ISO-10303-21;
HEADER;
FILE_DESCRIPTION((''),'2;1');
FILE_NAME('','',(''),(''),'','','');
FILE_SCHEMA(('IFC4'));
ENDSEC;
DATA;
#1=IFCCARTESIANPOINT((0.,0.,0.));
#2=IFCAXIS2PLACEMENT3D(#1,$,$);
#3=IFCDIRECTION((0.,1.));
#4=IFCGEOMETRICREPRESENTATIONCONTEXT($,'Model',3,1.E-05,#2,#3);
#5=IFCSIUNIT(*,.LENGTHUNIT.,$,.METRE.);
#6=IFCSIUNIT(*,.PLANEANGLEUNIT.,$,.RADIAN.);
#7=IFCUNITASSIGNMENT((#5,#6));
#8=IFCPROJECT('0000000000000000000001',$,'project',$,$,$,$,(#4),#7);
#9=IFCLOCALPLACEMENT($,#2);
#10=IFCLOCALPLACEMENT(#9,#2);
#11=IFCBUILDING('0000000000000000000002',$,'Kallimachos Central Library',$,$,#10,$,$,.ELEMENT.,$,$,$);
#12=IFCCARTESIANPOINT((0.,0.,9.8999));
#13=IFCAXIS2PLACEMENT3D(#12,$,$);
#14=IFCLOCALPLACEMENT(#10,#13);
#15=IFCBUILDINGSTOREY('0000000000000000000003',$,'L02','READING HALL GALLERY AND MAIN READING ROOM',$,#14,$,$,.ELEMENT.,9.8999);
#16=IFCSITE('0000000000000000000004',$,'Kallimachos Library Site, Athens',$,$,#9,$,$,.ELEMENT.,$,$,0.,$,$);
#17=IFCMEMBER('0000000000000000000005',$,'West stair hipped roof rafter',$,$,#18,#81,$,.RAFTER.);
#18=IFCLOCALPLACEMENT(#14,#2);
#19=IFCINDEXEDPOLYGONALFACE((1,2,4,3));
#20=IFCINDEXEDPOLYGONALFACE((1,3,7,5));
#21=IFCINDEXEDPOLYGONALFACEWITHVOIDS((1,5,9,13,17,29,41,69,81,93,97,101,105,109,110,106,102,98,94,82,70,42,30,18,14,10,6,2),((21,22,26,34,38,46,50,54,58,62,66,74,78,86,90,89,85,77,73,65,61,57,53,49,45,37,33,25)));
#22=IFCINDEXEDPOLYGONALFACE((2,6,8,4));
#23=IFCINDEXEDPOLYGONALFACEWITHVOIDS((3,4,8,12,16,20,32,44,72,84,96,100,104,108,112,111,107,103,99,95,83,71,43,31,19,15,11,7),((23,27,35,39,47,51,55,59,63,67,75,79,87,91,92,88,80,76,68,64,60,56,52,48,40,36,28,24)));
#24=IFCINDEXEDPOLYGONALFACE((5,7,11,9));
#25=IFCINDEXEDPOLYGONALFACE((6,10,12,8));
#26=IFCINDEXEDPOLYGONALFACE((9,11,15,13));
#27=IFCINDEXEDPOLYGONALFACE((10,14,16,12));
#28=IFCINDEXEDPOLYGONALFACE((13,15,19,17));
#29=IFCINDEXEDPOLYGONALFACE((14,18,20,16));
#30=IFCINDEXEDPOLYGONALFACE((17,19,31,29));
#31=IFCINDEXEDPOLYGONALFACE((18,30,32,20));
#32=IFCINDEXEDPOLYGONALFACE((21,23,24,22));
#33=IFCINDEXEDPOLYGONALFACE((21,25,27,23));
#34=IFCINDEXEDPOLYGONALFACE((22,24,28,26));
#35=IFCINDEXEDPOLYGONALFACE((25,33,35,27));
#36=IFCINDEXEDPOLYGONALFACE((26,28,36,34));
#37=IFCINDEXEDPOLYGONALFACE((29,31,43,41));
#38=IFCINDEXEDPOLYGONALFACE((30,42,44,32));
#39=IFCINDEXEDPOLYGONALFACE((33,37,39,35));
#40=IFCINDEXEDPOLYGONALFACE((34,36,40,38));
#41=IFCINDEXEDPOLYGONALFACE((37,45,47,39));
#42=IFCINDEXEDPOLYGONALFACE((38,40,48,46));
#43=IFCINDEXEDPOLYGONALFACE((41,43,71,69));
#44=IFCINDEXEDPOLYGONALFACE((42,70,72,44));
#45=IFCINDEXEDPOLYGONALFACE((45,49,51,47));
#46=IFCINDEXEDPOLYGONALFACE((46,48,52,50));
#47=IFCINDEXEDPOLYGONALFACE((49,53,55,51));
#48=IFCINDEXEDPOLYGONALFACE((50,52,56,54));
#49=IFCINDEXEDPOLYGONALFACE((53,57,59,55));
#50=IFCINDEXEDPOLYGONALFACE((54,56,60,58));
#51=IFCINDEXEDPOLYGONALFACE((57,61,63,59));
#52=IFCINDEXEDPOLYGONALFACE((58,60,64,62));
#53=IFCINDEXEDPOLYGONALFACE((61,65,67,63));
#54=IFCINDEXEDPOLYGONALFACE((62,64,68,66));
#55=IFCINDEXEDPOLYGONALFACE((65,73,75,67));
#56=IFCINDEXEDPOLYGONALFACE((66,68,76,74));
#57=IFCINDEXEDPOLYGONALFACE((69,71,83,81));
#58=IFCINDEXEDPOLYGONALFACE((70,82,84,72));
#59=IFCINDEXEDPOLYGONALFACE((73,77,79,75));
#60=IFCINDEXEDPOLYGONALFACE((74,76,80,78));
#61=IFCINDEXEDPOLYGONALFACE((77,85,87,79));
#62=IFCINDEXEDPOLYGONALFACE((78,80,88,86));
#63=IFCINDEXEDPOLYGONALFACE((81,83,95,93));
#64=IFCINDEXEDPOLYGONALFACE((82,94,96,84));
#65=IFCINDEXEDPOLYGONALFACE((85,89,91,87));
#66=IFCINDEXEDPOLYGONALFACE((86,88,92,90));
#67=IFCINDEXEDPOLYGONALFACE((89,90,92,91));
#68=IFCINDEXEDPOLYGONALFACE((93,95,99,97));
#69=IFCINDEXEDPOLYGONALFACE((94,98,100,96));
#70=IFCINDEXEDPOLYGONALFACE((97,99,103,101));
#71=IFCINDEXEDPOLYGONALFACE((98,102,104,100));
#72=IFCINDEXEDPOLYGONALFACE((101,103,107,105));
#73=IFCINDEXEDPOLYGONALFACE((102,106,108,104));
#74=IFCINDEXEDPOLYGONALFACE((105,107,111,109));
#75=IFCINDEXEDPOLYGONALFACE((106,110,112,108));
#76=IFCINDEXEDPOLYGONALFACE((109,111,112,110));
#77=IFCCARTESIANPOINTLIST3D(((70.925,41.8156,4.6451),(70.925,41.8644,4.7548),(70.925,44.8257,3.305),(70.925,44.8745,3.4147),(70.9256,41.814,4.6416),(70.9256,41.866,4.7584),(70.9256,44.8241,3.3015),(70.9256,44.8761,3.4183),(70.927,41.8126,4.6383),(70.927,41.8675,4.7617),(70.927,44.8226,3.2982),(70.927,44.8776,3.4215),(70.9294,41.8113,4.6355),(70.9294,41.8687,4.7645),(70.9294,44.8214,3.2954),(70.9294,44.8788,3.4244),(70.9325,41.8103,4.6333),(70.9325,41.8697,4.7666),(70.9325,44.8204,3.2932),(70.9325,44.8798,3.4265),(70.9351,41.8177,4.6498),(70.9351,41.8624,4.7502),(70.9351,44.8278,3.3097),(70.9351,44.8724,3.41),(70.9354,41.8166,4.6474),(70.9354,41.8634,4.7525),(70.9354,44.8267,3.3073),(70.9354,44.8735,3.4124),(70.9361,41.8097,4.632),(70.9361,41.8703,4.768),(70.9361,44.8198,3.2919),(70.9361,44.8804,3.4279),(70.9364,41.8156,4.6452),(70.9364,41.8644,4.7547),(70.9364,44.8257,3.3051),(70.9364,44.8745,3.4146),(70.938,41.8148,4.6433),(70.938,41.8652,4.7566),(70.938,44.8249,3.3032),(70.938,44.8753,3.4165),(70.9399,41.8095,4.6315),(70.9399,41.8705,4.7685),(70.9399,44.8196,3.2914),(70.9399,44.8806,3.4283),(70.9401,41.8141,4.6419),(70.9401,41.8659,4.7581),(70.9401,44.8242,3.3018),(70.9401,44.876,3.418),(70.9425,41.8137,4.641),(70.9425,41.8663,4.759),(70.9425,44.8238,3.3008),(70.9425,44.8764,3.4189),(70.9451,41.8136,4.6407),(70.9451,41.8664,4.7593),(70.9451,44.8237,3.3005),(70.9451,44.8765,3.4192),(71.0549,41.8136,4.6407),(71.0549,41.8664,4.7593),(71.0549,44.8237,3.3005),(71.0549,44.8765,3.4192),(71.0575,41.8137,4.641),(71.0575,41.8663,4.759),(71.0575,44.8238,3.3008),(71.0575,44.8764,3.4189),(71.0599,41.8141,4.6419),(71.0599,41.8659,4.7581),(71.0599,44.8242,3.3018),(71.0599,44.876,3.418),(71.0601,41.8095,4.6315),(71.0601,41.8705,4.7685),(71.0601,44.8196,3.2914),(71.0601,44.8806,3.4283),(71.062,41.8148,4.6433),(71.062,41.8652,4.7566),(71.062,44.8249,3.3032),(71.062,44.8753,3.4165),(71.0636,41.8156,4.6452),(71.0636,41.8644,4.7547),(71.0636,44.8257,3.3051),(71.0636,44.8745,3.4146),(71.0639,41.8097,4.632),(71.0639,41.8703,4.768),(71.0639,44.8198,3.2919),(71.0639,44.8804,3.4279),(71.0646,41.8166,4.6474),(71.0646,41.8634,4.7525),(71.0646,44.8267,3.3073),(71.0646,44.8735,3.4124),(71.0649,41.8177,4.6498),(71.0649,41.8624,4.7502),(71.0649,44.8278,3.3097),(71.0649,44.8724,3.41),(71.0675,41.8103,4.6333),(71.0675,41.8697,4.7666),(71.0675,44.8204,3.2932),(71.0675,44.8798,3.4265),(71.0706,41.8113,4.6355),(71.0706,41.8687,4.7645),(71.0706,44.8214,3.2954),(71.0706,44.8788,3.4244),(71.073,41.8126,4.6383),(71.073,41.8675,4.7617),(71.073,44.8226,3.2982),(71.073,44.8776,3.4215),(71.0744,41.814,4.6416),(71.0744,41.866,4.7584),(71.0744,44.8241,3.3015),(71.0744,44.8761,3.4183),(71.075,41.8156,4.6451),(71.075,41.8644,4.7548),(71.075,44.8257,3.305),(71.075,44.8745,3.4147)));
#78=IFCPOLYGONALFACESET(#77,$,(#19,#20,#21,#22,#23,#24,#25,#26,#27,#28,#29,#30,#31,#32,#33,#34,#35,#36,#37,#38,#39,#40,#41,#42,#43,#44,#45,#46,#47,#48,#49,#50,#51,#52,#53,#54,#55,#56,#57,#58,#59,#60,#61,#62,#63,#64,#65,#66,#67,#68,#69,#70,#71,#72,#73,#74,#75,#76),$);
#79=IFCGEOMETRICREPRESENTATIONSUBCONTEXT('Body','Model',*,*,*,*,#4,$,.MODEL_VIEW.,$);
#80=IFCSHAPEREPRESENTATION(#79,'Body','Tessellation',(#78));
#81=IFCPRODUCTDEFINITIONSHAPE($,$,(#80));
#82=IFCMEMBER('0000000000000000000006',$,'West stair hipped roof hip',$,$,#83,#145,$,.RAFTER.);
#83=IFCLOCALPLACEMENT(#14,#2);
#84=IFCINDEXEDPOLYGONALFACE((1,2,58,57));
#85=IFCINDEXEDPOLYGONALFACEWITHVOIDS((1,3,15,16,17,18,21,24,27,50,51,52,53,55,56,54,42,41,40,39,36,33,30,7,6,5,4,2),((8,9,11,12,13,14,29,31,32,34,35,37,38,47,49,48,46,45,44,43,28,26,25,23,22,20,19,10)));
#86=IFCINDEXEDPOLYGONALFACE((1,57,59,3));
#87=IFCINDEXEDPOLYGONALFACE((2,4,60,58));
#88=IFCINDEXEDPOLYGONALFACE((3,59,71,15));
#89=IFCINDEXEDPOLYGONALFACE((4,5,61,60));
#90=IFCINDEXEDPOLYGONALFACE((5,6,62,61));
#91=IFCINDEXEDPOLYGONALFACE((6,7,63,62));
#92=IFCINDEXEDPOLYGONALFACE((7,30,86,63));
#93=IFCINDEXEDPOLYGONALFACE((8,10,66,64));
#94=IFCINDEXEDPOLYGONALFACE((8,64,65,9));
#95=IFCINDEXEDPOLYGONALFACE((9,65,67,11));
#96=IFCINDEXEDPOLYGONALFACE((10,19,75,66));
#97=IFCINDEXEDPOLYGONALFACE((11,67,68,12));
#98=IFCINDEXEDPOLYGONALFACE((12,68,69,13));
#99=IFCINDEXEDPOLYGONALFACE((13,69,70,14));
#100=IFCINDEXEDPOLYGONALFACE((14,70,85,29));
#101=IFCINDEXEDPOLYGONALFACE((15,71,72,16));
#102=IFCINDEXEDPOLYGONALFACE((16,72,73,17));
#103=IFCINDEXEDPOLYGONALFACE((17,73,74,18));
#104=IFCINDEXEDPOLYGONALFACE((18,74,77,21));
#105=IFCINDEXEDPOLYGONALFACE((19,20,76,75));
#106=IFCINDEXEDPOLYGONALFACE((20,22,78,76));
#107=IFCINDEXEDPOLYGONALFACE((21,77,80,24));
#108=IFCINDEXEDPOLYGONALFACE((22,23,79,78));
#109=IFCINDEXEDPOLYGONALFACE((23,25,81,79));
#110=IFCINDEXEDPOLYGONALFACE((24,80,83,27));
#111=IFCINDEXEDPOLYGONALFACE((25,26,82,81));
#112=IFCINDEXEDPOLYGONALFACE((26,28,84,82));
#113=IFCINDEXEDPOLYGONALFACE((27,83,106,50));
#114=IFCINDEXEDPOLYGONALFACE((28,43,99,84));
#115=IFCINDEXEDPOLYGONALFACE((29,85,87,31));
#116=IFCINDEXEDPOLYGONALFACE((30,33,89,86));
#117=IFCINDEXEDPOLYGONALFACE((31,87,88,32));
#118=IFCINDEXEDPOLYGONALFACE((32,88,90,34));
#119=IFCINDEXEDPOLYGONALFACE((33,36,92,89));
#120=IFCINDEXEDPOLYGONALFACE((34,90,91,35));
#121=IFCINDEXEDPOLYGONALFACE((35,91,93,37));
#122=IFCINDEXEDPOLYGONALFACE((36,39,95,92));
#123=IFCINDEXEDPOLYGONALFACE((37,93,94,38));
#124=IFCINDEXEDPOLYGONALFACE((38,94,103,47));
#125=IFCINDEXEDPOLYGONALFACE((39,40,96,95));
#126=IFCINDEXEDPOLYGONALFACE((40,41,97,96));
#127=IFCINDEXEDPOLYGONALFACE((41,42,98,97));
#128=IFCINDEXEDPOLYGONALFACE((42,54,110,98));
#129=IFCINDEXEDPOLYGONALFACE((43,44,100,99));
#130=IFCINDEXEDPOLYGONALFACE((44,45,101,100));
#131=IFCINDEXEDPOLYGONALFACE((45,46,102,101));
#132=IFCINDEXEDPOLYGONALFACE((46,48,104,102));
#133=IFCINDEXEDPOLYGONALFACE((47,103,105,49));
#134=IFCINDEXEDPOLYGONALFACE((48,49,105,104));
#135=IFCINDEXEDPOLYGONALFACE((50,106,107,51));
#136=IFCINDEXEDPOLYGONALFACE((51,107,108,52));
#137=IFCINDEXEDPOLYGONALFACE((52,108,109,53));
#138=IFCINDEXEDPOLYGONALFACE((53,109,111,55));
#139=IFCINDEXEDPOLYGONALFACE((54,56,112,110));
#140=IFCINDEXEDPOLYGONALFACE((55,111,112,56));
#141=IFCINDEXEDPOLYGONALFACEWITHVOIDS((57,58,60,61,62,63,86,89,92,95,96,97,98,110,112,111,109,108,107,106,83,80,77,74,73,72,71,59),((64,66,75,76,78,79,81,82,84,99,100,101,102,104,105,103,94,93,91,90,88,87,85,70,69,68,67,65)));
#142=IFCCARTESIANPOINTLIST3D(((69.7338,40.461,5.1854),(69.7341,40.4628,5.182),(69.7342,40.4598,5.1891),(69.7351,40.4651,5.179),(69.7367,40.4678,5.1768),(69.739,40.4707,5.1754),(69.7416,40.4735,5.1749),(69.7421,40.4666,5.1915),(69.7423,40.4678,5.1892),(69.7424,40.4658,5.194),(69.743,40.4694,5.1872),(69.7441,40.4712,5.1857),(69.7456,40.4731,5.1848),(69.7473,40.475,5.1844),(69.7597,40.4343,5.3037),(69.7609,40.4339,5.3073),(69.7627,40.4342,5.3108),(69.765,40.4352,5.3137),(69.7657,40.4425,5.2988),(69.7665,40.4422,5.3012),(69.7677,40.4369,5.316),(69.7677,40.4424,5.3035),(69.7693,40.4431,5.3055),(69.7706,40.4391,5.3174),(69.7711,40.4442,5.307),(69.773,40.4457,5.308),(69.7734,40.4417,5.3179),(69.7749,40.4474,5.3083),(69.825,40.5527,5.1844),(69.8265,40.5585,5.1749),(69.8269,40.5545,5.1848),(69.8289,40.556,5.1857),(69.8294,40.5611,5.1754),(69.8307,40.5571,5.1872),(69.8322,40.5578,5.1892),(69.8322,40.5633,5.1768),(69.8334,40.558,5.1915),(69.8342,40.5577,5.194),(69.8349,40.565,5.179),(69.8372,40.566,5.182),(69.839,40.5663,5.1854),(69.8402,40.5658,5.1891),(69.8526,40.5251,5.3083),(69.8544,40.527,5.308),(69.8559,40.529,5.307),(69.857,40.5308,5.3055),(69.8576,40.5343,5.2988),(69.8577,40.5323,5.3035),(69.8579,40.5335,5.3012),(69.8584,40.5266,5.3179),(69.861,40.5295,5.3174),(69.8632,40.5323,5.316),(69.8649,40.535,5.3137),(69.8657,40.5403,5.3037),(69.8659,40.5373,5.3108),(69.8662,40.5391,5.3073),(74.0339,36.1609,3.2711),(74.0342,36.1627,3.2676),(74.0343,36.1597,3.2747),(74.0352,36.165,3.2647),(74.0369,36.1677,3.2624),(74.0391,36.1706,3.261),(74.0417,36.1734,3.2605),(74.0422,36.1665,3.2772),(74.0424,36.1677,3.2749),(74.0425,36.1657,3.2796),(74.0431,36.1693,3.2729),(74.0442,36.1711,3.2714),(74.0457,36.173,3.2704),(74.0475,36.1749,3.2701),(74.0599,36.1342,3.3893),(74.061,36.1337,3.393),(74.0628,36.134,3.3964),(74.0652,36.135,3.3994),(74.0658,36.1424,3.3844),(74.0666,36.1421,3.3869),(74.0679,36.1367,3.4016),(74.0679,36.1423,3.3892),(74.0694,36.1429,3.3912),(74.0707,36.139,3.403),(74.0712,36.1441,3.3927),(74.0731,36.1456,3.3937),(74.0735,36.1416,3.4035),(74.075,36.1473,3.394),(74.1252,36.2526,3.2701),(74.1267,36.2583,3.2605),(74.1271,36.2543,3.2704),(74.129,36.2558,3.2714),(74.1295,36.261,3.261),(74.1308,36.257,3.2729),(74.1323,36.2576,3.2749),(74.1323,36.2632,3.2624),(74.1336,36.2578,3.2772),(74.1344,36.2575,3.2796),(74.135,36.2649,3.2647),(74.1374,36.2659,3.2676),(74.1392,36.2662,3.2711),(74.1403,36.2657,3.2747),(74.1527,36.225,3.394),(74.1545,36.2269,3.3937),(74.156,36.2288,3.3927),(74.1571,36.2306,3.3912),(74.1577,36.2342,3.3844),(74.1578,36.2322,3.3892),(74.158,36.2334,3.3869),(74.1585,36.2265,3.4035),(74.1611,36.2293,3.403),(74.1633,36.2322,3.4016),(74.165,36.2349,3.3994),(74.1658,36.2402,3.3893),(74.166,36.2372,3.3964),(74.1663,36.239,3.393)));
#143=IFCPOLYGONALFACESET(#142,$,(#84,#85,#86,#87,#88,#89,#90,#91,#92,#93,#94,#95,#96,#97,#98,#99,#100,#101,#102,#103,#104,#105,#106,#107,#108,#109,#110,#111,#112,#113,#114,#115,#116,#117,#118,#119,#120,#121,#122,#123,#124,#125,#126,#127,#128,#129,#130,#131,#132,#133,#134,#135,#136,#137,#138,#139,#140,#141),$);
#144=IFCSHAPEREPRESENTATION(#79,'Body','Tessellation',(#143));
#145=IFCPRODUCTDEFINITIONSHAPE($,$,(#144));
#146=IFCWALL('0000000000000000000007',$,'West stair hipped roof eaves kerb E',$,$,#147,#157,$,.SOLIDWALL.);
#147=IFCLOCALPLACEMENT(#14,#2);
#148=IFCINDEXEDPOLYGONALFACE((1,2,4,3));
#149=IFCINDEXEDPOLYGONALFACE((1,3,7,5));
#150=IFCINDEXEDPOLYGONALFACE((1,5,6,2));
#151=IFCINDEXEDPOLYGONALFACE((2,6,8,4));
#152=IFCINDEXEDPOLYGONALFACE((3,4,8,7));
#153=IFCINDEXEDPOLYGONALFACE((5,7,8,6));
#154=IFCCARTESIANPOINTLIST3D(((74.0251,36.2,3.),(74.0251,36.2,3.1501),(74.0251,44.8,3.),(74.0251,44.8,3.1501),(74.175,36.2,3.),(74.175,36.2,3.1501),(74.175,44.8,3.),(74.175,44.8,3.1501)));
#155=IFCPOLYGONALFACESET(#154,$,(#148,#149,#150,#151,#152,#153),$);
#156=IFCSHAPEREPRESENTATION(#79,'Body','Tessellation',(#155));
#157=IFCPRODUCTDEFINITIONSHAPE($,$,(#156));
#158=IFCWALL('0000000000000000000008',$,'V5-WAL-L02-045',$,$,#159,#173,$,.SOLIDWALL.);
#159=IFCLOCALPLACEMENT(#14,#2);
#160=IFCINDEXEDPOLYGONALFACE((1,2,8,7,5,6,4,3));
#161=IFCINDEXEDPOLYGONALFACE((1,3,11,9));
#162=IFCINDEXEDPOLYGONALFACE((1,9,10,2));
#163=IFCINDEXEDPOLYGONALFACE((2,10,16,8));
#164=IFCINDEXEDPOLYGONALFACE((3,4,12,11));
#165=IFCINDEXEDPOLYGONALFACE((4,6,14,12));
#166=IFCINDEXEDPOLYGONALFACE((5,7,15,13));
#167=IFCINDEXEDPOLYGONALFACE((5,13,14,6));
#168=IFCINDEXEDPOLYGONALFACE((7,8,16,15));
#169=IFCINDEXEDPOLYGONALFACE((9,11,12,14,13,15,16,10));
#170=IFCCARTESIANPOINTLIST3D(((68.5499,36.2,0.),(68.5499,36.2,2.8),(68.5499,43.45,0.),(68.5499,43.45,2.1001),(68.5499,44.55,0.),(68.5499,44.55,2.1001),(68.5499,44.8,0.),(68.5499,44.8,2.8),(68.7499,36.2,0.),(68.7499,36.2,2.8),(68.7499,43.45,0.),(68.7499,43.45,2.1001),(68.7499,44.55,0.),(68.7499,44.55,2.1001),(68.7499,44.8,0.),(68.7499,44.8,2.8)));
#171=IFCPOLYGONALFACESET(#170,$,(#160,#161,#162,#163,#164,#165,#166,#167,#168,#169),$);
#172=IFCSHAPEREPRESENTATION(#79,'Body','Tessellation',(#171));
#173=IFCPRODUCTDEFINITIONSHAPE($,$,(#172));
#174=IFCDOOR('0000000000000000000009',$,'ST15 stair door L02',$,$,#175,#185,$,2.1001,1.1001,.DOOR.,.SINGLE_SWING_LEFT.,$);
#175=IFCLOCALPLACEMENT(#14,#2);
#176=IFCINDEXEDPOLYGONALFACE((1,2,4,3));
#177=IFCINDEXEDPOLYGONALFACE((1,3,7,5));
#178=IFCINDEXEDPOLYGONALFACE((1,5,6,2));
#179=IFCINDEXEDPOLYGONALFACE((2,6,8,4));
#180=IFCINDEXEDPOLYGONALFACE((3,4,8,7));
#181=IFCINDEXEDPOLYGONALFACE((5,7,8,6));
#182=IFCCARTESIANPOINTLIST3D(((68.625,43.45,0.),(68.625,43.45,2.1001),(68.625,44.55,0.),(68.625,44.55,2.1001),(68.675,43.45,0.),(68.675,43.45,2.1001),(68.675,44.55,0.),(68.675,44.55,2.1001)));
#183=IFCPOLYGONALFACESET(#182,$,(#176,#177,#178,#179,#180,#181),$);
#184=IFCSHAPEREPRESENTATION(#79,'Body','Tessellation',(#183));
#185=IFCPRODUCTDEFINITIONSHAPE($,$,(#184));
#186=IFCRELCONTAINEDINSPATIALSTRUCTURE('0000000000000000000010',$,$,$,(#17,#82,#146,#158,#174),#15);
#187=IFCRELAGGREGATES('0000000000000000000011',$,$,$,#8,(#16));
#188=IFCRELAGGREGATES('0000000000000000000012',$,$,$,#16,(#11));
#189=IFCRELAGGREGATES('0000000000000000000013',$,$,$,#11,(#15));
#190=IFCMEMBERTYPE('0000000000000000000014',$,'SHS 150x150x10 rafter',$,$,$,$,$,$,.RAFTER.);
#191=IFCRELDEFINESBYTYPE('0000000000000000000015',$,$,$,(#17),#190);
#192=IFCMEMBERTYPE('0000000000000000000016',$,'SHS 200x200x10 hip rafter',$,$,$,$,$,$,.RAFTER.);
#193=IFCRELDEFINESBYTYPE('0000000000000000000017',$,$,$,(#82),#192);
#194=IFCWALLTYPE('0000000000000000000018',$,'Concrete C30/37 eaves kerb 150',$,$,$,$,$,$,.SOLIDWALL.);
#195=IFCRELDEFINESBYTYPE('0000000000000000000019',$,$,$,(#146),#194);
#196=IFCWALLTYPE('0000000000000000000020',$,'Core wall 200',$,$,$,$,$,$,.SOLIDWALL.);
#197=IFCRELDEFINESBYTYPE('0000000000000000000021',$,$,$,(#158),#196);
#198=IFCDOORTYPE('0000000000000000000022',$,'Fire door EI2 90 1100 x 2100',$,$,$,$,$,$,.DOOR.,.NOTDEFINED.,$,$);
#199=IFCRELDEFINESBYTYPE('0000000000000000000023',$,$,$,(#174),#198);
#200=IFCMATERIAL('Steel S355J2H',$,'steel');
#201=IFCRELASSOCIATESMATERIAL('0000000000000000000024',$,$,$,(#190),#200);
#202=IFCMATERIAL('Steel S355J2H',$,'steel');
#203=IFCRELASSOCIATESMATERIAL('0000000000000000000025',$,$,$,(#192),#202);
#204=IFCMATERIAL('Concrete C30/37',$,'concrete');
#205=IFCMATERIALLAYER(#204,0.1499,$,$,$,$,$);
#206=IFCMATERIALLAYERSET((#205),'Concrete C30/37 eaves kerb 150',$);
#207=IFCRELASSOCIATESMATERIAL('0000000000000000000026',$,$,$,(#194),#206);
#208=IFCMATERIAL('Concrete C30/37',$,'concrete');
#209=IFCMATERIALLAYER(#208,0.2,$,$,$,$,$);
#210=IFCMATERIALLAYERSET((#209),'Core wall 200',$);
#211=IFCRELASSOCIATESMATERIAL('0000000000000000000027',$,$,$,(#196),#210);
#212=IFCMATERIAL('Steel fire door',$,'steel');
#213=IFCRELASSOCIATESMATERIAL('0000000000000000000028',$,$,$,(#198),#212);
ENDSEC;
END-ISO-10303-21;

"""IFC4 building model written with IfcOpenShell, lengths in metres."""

from ifc_helpers import new_model, si_unit, direction, frame, frame_2d, origin, origin_2d, place, context, subcontext, project, spatial, rectangle, hollow_rectangle, extrude, material, layer, layer_set, material_profile, profile_set, type_object, element, fill, save


model = new_model("IFC4")

# Units and contexts
model_context = context("Model", 3, precision=1e-05, world=origin(), true_north=direction((0.0, 1.0)))
body_context = subcontext(model_context, "Body", "Model", "MODEL_VIEW")
ifc_project = project(units=[si_unit("LENGTHUNIT", "METRE"), si_unit("PLANEANGLEUNIT", "RADIAN")], contexts=[model_context])

# Site, building, storey
site_placement = place(None, origin())
site = spatial("IfcSite", under=ifc_project, at=site_placement, Name="Kallimachos Library Site, Athens", CompositionType="ELEMENT", RefElevation=0.0)
building_placement = place(site_placement, origin())
building = spatial("IfcBuilding", under=site, at=building_placement, Name="Kallimachos Central Library", CompositionType="ELEMENT")
storey_placement = place(building_placement, frame((0.0, 0.0, 9.8999)))
storey = spatial("IfcBuildingStorey", under=building, at=storey_placement, Name="L02", Description="READING HALL GALLERY AND MAIN READING ROOM", CompositionType="ELEMENT", Elevation=9.8999)

# Members
ifc_material_1 = material(Name="Steel S355J2H", Category="steel")
ifc_material_profile_1 = material_profile(ifc_material_1, hollow_rectangle(XDim=0.1499, YDim=0.1499, WallThickness=0.01, InnerFilletRadius=0.01, OuterFilletRadius=0.0149, at=origin_2d()), Name="SHS 150x150x10")
ifc_profile_set_1 = profile_set([ifc_material_profile_1], Name="Steel S355J2H")
member_type_1 = type_object("IfcMemberType", Name="SHS 150x150x10 rafter", PredefinedType="RAFTER", material=ifc_profile_set_1)
member_1_placement = place(storey_placement, frame((71.0, 44.8501, 3.3599), z_axis=(0.0, -0.913552, 0.406723), x_axis=(1.0, 0.0, 0.0)))
element("IfcMember", 1, at=member_1_placement, inside=storey, type_object=member_type_1, Name="West stair hipped roof rafter", PredefinedType="RAFTER", context=body_context, shape_type="SweptSolid", body=[
    extrude(hollow_rectangle(XDim=0.1499, YDim=0.1499, WallThickness=0.01, InnerFilletRadius=0.01, OuterFilletRadius=0.0149, at=origin_2d()), origin(), (0.0, 0.0, 1.0), 3.2949),
])
ifc_material_2 = material(Name="Steel S355J2H", Category="steel")
ifc_material_profile_2 = material_profile(ifc_material_2, hollow_rectangle(XDim=0.1499, YDim=0.1499, WallThickness=0.01, InnerFilletRadius=0.01, OuterFilletRadius=0.0149, at=origin_2d()), Name="SHS 150x150x10")
ifc_profile_set_2 = profile_set([ifc_material_profile_2], Name="Steel S355J2H")
member_type_2 = type_object("IfcMemberType", Name="SHS 200x200x10 hip rafter", PredefinedType="RAFTER", material=ifc_profile_set_2)
member_2_placement = place(storey_placement, frame((74.1001, 36.2, 3.332), z_axis=(-0.674478, 0.674478, 0.300266), x_axis=(-0.707107, -0.707107, 0.0)))
element("IfcMember", 2, at=member_2_placement, inside=storey, type_object=member_type_2, Name="West stair hipped roof hip", PredefinedType="RAFTER", context=body_context, shape_type="SweptSolid", body=[
    extrude(hollow_rectangle(XDim=0.1499, YDim=0.1499, WallThickness=0.01, InnerFilletRadius=0.01, OuterFilletRadius=0.0149, at=origin_2d()), origin(), (0.0, 0.0, 1.0), 6.3755),
])

# Wall
ifc_material_3 = material(Name="Concrete C30/37", Category="concrete")
ifc_layer_1 = layer(ifc_material_3, 0.1499)
ifc_layer_set_1 = layer_set([ifc_layer_1], Name="Concrete C30/37 eaves kerb 150")
wall_type_1 = type_object("IfcWallType", Name="Concrete C30/37 eaves kerb 150", PredefinedType="SOLIDWALL", material=ifc_layer_set_1)
wall_1_placement = place(storey_placement, frame((74.1001, 36.2, 3.0), z_axis=(0.0, 0.0, 1.0), x_axis=(0.0, 1.0, 0.0)))
element("IfcWall", 3, at=wall_1_placement, inside=storey, type_object=wall_type_1, Name="West stair hipped roof eaves kerb E", PredefinedType="SOLIDWALL", context=body_context, shape_type="SweptSolid", body=[
    extrude(rectangle(XDim=8.6001, YDim=0.1499, at=frame_2d((4.3, 0.0))), origin(), (0.0, 0.0, 1.0), 0.1501),
])

# Wall, opening, door
ifc_material_4 = material(Name="Concrete C30/37", Category="concrete")
ifc_layer_2 = layer(ifc_material_4, 0.2)
ifc_layer_set_2 = layer_set([ifc_layer_2], Name="Core wall 200")
wall_type_2 = type_object("IfcWallType", Name="Core wall 200", PredefinedType="SOLIDWALL", material=ifc_layer_set_2)
wall_2_placement = place(storey_placement, frame((68.6499, 36.2, 0.0), z_axis=(0.0, 0.0, 1.0), x_axis=(0.0, 1.0, 0.0)))
wall_2 = element("IfcWall", 4, at=wall_2_placement, inside=storey, type_object=wall_type_2, Name="V5-WAL-L02-045", PredefinedType="SOLIDWALL", context=body_context, shape_type="SweptSolid", body=[
    extrude(rectangle(XDim=8.6001, YDim=0.2, at=frame_2d((4.3, 0.0))), origin(), (0.0, 0.0, 1.0), 2.8),
])
opening_placement = place(wall_2_placement, frame((7.25, 0.0, 0.0)))
opening = element("IfcOpeningElement", 5, at=opening_placement, cuts=wall_2, PredefinedType="OPENING", context=body_context, shape_type="SweptSolid", body=[
    extrude(rectangle(XDim=1.1001, YDim=2.1001, at=frame_2d((0.55, 1.05))), frame((0.0, 0.1099, 0.0), z_axis=(0.0, -1.0, 0.0), x_axis=(1.0, 0.0, 0.0)), (0.0, 0.0, 1.0), 0.22),
])
ifc_material_5 = material(Name="Steel fire door", Category="steel")
door_type = type_object("IfcDoorType", Name="Fire door EI2 90 1100 x 2100", OperationType="NOTDEFINED", PredefinedType="DOOR", material=ifc_material_5)
door_placement = place(opening_placement, origin())
door = element("IfcDoor", 6, at=door_placement, inside=storey, type_object=door_type, Name="ST15 stair door L02", OperationType="SINGLE_SWING_LEFT", OverallHeight=2.1001, OverallWidth=1.1001, PredefinedType="DOOR", context=body_context, shape_type="SweptSolid", body=[
    extrude(rectangle(XDim=1.1001, YDim=2.1001, at=frame_2d((0.55, 1.05))), frame((0.0, 0.0249, 0.0), z_axis=(0.0, -1.0, 0.0), x_axis=(1.0, 0.0, 0.0)), (0.0, 0.0, 1.0), 0.05),
])
fill(opening, door)

save(model, "model.ifc")
